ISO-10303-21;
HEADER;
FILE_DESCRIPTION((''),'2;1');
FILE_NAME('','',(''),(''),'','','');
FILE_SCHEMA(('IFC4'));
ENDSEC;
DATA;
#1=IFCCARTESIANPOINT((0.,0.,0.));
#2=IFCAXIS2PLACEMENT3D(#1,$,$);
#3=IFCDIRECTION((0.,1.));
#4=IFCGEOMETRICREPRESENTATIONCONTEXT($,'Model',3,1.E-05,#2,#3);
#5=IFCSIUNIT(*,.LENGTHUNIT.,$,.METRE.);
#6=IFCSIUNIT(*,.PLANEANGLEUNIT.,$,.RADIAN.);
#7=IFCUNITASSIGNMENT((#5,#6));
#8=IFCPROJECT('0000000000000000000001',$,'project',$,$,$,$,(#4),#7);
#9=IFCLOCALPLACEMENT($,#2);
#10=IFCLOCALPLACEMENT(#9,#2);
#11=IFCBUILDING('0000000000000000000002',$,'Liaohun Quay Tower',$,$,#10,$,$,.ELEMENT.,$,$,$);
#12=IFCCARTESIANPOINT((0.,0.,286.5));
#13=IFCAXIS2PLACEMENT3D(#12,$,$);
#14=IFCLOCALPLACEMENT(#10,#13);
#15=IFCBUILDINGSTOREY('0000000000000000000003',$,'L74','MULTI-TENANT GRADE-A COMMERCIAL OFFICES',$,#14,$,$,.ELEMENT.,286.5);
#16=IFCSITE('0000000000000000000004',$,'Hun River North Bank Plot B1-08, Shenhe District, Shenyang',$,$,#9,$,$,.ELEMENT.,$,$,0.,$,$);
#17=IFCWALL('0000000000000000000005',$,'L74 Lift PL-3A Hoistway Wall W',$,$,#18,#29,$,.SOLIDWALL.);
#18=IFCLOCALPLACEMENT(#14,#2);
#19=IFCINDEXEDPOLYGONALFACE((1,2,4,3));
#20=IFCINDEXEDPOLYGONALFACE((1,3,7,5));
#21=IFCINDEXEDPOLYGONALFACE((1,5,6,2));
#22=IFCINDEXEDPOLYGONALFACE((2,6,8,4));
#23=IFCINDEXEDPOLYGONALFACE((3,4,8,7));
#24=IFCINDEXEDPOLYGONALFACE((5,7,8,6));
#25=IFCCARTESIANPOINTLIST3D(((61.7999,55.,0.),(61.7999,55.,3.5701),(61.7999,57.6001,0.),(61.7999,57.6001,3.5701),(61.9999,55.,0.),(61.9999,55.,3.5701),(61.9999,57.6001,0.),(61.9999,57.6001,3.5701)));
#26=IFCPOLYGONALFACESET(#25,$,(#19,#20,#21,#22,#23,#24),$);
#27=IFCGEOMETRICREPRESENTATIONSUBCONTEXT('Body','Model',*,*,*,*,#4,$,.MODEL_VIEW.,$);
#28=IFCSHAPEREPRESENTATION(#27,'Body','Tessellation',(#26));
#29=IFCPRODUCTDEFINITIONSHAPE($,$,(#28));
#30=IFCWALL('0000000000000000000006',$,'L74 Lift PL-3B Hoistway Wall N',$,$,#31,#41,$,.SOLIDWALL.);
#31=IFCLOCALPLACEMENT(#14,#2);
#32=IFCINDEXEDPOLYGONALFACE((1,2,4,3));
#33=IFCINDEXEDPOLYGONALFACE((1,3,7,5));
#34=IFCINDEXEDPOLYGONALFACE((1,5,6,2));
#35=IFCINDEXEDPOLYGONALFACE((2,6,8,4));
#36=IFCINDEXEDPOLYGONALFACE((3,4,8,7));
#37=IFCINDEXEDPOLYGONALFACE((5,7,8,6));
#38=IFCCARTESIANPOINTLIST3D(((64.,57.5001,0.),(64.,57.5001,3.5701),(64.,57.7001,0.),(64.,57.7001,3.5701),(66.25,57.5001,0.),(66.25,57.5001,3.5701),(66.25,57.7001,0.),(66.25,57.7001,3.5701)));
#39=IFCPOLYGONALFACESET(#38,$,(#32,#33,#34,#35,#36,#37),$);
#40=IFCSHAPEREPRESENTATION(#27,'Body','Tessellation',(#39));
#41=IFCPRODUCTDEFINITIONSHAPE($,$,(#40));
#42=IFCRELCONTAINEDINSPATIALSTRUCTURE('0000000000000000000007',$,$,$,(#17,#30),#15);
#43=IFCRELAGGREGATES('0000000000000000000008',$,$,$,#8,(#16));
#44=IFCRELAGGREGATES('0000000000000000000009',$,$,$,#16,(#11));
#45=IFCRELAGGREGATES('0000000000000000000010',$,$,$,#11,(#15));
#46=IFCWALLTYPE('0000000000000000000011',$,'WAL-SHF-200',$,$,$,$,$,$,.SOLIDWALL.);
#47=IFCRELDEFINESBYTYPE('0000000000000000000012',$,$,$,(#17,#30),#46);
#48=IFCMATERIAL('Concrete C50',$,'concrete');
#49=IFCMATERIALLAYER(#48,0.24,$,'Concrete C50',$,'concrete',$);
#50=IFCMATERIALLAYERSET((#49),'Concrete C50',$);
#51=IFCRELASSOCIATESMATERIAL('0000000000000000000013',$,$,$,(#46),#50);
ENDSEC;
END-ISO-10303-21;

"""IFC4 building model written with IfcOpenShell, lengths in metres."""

from ifc_helpers import new_model, si_unit, direction, frame, frame_2d, origin, place, context, subcontext, project, spatial, rectangle, extrude, material, layer, layer_set, type_object, element, save


model = new_model("IFC4")

# Units and contexts
model_context = context("Model", 3, precision=1e-05, world=origin(), true_north=direction((0.0, 1.0)))
body_context = subcontext(model_context, "Body", "Model", "MODEL_VIEW")
ifc_project = project(units=[si_unit("LENGTHUNIT", "METRE"), si_unit("PLANEANGLEUNIT", "RADIAN")], contexts=[model_context])

# Site, building, storey
site_placement = place(None, origin())
site = spatial("IfcSite", under=ifc_project, at=site_placement, Name="Hun River North Bank Plot B1-08, Shenhe District, Shenyang", CompositionType="ELEMENT", RefElevation=0.0)
building_placement = place(site_placement, origin())
building = spatial("IfcBuilding", under=site, at=building_placement, Name="Liaohun Quay Tower", CompositionType="ELEMENT")
storey_placement = place(building_placement, frame((0.0, 0.0, 286.5)))
storey = spatial("IfcBuildingStorey", under=building, at=storey_placement, Name="L74", Description="MULTI-TENANT GRADE-A COMMERCIAL OFFICES", CompositionType="ELEMENT", Elevation=286.5)

# Shared definitions
ifc_material_1 = material(Name="Concrete C50", Category="concrete")

# Walls
ifc_layer_1 = layer(ifc_material_1, 0.24, Name="Concrete C50", Category="concrete")
ifc_layer_set_1 = layer_set([ifc_layer_1], Name="Concrete C50")
wall_type_1 = type_object("IfcWallType", Name="WAL-SHF-200", PredefinedType="SOLIDWALL", material=ifc_layer_set_1)
wall_1_placement = place(storey_placement, frame((61.8999, 57.6001, 0.0), z_axis=(0.0, 0.0, 1.0), x_axis=(0.0, -1.0, 0.0)))
element("IfcWall", 1, at=wall_1_placement, inside=storey, type_object=wall_type_1, Name="L74 Lift PL-3A Hoistway Wall W", PredefinedType="SOLIDWALL", context=body_context, shape_type="SweptSolid", body=[
    extrude(rectangle(XDim=2.6001, YDim=0.2, at=frame_2d((1.3, 0.0))), origin(), (0.0, 0.0, 1.0), 3.5701),
])
wall_2_placement = place(storey_placement, frame((66.25, 57.6001, 0.0), z_axis=(0.0, 0.0, 1.0), x_axis=(-1.0, 0.0, 0.0)))
element("IfcWall", 2, at=wall_2_placement, inside=storey, type_object=wall_type_1, Name="L74 Lift PL-3B Hoistway Wall N", PredefinedType="SOLIDWALL", context=body_context, shape_type="SweptSolid", body=[
    extrude(rectangle(XDim=2.25, YDim=0.2, at=frame_2d((1.125, 0.0))), origin(), (0.0, 0.0, 1.0), 3.5701),
])

save(model, "model.ifc")
